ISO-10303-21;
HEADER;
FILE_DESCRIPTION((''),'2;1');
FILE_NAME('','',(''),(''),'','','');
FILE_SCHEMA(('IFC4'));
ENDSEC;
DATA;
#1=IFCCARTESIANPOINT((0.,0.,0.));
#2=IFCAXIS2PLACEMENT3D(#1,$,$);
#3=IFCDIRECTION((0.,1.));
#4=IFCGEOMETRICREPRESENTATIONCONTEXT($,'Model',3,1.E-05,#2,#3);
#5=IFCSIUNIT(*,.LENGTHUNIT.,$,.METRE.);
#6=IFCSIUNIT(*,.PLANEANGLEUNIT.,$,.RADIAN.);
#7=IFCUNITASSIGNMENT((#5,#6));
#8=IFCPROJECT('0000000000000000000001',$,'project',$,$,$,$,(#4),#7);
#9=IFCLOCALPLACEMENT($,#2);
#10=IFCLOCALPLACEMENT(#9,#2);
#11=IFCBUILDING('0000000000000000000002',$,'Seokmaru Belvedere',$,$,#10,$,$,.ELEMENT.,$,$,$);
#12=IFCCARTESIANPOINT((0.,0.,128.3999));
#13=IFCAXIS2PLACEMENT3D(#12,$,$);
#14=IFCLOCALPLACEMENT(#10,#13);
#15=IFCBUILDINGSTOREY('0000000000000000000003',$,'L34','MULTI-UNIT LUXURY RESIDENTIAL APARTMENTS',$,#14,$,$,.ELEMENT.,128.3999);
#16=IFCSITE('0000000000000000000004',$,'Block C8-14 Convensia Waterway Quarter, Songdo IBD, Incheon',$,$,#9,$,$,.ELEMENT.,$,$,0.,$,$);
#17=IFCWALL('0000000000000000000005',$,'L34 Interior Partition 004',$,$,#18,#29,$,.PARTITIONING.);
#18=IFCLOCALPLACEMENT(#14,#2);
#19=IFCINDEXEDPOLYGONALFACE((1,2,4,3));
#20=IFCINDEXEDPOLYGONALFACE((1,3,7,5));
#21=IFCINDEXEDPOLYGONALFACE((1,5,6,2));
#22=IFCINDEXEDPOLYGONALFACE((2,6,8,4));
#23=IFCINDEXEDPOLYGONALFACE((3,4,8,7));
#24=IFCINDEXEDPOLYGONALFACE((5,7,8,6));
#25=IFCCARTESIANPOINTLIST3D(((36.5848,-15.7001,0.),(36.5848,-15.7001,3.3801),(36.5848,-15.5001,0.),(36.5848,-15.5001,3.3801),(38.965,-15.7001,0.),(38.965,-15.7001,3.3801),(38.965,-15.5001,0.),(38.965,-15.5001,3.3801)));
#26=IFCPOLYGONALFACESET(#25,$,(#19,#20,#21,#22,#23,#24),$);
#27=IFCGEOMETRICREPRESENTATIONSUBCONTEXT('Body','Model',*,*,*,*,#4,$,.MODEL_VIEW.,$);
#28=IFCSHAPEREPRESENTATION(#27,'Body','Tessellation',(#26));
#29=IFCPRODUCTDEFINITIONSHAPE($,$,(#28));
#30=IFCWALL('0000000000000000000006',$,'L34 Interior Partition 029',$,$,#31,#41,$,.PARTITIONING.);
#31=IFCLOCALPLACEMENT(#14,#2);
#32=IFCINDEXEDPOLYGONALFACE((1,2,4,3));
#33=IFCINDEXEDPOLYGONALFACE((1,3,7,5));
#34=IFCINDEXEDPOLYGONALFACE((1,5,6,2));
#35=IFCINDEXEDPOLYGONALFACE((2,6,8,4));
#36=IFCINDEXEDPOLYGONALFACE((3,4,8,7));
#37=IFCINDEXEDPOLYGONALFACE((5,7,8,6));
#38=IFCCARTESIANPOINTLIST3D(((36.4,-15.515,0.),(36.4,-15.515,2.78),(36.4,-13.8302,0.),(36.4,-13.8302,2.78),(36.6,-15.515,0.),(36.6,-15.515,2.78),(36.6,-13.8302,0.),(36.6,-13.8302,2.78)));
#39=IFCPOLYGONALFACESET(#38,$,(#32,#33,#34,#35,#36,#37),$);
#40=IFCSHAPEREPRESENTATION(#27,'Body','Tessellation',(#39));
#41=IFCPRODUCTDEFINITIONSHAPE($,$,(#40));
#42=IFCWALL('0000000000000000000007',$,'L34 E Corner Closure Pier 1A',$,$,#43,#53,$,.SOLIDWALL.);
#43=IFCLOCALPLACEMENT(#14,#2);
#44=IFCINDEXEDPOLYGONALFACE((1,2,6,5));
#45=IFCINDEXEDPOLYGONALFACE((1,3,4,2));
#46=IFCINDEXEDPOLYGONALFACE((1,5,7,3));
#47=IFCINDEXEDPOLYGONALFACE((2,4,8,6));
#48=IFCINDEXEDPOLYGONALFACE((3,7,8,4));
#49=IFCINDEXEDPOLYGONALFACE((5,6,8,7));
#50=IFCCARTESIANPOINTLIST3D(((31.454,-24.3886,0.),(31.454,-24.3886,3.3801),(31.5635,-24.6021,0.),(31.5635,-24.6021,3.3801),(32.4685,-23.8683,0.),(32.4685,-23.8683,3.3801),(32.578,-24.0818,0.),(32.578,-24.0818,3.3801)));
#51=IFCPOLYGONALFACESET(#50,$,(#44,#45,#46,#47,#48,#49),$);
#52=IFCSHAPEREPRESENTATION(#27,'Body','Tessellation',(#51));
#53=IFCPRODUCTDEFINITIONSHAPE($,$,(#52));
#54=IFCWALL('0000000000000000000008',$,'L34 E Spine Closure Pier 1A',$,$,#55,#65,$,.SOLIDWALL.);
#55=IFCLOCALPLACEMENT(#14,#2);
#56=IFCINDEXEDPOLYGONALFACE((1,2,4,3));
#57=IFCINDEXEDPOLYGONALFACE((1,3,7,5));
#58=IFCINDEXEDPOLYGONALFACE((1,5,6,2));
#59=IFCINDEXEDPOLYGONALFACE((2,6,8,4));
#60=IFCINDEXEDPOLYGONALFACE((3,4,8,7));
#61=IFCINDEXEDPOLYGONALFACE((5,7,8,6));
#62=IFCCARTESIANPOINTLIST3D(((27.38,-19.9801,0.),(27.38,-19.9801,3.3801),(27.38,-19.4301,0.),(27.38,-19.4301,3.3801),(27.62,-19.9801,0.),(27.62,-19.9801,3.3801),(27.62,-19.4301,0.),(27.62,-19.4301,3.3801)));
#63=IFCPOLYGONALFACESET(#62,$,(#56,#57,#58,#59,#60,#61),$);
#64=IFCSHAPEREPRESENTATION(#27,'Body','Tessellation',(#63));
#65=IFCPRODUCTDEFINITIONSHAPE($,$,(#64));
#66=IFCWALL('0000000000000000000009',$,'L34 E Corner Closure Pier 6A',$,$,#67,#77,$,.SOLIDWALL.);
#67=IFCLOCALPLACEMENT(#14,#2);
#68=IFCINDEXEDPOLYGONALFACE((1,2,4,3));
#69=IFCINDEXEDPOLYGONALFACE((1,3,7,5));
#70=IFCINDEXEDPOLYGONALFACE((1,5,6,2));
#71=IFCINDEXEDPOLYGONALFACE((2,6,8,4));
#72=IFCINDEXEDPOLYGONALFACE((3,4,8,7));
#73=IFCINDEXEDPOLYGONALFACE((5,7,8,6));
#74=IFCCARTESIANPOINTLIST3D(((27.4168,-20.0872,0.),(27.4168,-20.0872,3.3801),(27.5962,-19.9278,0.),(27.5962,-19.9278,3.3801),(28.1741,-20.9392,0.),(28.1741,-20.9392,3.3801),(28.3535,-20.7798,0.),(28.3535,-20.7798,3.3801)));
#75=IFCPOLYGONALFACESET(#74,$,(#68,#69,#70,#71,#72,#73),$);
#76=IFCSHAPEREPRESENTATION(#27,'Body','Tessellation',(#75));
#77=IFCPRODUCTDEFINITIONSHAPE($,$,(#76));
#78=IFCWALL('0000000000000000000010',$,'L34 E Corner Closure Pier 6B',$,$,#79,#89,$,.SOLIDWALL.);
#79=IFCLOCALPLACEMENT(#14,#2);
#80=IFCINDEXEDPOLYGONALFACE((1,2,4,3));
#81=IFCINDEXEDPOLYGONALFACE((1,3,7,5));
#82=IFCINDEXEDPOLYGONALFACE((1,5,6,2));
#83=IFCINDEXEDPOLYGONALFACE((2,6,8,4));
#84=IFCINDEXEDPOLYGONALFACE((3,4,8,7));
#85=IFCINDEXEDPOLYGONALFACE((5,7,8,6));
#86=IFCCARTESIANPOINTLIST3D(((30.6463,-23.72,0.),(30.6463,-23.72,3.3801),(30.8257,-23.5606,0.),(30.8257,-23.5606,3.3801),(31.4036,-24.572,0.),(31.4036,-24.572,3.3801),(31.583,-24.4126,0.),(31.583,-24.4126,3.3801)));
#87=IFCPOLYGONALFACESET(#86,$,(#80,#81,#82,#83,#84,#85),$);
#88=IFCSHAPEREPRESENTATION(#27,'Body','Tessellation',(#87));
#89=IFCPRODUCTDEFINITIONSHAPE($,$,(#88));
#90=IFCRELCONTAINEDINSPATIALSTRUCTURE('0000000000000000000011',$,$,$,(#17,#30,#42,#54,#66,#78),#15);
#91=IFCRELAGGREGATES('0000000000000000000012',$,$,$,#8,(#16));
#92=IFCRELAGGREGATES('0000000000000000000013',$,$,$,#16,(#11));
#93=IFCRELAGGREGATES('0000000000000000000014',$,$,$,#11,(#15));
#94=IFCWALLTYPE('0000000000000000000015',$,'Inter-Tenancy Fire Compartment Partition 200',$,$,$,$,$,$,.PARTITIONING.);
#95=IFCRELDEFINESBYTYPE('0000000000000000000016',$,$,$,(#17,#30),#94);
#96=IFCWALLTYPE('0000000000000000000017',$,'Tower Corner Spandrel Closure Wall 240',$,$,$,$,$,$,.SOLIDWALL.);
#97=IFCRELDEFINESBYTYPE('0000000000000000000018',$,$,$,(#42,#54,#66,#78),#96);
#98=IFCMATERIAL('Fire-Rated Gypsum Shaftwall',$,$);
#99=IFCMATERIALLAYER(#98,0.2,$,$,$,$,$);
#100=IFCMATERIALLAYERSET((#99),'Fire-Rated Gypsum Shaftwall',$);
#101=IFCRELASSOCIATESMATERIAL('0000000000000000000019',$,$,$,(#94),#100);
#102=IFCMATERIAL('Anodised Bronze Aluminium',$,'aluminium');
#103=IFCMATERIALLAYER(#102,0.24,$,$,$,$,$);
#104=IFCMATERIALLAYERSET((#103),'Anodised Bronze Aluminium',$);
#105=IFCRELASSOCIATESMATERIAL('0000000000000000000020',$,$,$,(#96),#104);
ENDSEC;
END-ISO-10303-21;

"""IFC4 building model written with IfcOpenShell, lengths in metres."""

from ifc_helpers import new_model, si_unit, direction, frame, frame_2d, origin, place, context, subcontext, project, spatial, rectangle, extrude, material, layer, layer_set, type_object, element, save


model = new_model("IFC4")

# Units and contexts
model_context = context("Model", 3, precision=1e-05, world=origin(), true_north=direction((0.0, 1.0)))
body_context = subcontext(model_context, "Body", "Model", "MODEL_VIEW")
ifc_project = project(units=[si_unit("LENGTHUNIT", "METRE"), si_unit("PLANEANGLEUNIT", "RADIAN")], contexts=[model_context])

# Site, building, storey
site_placement = place(None, origin())
site = spatial("IfcSite", under=ifc_project, at=site_placement, Name="Block C8-14 Convensia Waterway Quarter, Songdo IBD, Incheon", CompositionType="ELEMENT", RefElevation=0.0)
building_placement = place(site_placement, origin())
building = spatial("IfcBuilding", under=site, at=building_placement, Name="Seokmaru Belvedere", CompositionType="ELEMENT")
storey_placement = place(building_placement, frame((0.0, 0.0, 128.3999)))
storey = spatial("IfcBuildingStorey", under=building, at=storey_placement, Name="L34", Description="MULTI-UNIT LUXURY RESIDENTIAL APARTMENTS", CompositionType="ELEMENT", Elevation=128.3999)

# Shared definitions
ifc_material_1 = material(Name="Anodised Bronze Aluminium", Category="aluminium")

# Shared definitions
ifc_material_2 = material(Name="Fire-Rated Gypsum Shaftwall")

# Walls
ifc_layer_1 = layer(ifc_material_2, 0.2)
ifc_layer_set_1 = layer_set([ifc_layer_1], Name="Fire-Rated Gypsum Shaftwall")
wall_type_1 = type_object("IfcWallType", Name="Inter-Tenancy Fire Compartment Partition 200", PredefinedType="PARTITIONING", material=ifc_layer_set_1)
wall_1_placement = place(storey_placement, frame((36.585, -15.6001, 0.0), z_axis=(0.0, 0.0, 1.0), x_axis=(1.0, 0.0, 0.0)))
element("IfcWall", 1, at=wall_1_placement, inside=storey, type_object=wall_type_1, Name="L34 Interior Partition 004", PredefinedType="PARTITIONING", context=body_context, shape_type="SweptSolid", body=[
    extrude(rectangle(XDim=2.3801, YDim=0.2, at=frame_2d((1.1899, 0.0))), origin(), (0.0, 0.0, 1.0), 3.3801),
])
wall_2_placement = place(storey_placement, frame((36.5, -15.5149, 0.0), z_axis=(0.0, 0.0, 1.0), x_axis=(0.0, 1.0, 0.0)))
element("IfcWall", 2, at=wall_2_placement, inside=storey, type_object=wall_type_1, Name="L34 Interior Partition 029", PredefinedType="PARTITIONING", context=body_context, shape_type="SweptSolid", body=[
    extrude(rectangle(XDim=1.6848, YDim=0.2, at=frame_2d((0.8423, 0.0))), origin(), (0.0, 0.0, 1.0), 2.78),
])
ifc_layer_2 = layer(ifc_material_1, 0.24)
ifc_layer_set_2 = layer_set([ifc_layer_2], Name="Anodised Bronze Aluminium")
wall_type_2 = type_object("IfcWallType", Name="Tower Corner Spandrel Closure Wall 240", PredefinedType="SOLIDWALL", material=ifc_layer_set_2)
wall_3_placement = place(storey_placement, frame((31.5088, -24.4954, 0.0), z_axis=(0.0, 0.0, 1.0), x_axis=(0.889797, 0.456356, 0.0)))
element("IfcWall", 3, at=wall_3_placement, inside=storey, type_object=wall_type_2, Name="L34 E Corner Closure Pier 1A", PredefinedType="SOLIDWALL", context=body_context, shape_type="SweptSolid", body=[
    extrude(rectangle(XDim=1.1401, YDim=0.24, at=frame_2d((0.5701, 0.0))), origin(), (0.0, 0.0, 1.0), 3.3801),
])
wall_4_placement = place(storey_placement, frame((27.5, -19.98, 0.0), z_axis=(0.0, 0.0, 1.0), x_axis=(0.0, 1.0, 0.0)))
element("IfcWall", 4, at=wall_4_placement, inside=storey, type_object=wall_type_2, Name="L34 E Spine Closure Pier 1A", PredefinedType="SOLIDWALL", context=body_context, shape_type="SweptSolid", body=[
    extrude(rectangle(XDim=0.55, YDim=0.24, at=frame_2d((0.2749, 0.0))), origin(), (0.0, 0.0, 1.0), 3.3801),
])
for number, where, z_axis, x_axis, name in (
    (5, (27.5066, -20.0076, 0.0), (0.0, 0.0, 1.0), (0.664337, -0.747433, 0.0), "L34 E Corner Closure Pier 6A"),
    (6, (30.7361, -23.6404, 0.0), (0.0, 0.0, 1.0), (0.664337, -0.747433, 0.0), "L34 E Corner Closure Pier 6B"),
):
    element("IfcWall", number, at=place(storey_placement, frame(where, z_axis=z_axis, x_axis=x_axis)), inside=storey, type_object=wall_type_2, Name=name, PredefinedType="SOLIDWALL", context=body_context, shape_type="SweptSolid", body=[
        extrude(rectangle(XDim=1.1399, YDim=0.24, at=frame_2d((0.5698, 0.0))), origin(), (0.0, 0.0, 1.0), 3.3801),
    ])

save(model, "model.ifc")
